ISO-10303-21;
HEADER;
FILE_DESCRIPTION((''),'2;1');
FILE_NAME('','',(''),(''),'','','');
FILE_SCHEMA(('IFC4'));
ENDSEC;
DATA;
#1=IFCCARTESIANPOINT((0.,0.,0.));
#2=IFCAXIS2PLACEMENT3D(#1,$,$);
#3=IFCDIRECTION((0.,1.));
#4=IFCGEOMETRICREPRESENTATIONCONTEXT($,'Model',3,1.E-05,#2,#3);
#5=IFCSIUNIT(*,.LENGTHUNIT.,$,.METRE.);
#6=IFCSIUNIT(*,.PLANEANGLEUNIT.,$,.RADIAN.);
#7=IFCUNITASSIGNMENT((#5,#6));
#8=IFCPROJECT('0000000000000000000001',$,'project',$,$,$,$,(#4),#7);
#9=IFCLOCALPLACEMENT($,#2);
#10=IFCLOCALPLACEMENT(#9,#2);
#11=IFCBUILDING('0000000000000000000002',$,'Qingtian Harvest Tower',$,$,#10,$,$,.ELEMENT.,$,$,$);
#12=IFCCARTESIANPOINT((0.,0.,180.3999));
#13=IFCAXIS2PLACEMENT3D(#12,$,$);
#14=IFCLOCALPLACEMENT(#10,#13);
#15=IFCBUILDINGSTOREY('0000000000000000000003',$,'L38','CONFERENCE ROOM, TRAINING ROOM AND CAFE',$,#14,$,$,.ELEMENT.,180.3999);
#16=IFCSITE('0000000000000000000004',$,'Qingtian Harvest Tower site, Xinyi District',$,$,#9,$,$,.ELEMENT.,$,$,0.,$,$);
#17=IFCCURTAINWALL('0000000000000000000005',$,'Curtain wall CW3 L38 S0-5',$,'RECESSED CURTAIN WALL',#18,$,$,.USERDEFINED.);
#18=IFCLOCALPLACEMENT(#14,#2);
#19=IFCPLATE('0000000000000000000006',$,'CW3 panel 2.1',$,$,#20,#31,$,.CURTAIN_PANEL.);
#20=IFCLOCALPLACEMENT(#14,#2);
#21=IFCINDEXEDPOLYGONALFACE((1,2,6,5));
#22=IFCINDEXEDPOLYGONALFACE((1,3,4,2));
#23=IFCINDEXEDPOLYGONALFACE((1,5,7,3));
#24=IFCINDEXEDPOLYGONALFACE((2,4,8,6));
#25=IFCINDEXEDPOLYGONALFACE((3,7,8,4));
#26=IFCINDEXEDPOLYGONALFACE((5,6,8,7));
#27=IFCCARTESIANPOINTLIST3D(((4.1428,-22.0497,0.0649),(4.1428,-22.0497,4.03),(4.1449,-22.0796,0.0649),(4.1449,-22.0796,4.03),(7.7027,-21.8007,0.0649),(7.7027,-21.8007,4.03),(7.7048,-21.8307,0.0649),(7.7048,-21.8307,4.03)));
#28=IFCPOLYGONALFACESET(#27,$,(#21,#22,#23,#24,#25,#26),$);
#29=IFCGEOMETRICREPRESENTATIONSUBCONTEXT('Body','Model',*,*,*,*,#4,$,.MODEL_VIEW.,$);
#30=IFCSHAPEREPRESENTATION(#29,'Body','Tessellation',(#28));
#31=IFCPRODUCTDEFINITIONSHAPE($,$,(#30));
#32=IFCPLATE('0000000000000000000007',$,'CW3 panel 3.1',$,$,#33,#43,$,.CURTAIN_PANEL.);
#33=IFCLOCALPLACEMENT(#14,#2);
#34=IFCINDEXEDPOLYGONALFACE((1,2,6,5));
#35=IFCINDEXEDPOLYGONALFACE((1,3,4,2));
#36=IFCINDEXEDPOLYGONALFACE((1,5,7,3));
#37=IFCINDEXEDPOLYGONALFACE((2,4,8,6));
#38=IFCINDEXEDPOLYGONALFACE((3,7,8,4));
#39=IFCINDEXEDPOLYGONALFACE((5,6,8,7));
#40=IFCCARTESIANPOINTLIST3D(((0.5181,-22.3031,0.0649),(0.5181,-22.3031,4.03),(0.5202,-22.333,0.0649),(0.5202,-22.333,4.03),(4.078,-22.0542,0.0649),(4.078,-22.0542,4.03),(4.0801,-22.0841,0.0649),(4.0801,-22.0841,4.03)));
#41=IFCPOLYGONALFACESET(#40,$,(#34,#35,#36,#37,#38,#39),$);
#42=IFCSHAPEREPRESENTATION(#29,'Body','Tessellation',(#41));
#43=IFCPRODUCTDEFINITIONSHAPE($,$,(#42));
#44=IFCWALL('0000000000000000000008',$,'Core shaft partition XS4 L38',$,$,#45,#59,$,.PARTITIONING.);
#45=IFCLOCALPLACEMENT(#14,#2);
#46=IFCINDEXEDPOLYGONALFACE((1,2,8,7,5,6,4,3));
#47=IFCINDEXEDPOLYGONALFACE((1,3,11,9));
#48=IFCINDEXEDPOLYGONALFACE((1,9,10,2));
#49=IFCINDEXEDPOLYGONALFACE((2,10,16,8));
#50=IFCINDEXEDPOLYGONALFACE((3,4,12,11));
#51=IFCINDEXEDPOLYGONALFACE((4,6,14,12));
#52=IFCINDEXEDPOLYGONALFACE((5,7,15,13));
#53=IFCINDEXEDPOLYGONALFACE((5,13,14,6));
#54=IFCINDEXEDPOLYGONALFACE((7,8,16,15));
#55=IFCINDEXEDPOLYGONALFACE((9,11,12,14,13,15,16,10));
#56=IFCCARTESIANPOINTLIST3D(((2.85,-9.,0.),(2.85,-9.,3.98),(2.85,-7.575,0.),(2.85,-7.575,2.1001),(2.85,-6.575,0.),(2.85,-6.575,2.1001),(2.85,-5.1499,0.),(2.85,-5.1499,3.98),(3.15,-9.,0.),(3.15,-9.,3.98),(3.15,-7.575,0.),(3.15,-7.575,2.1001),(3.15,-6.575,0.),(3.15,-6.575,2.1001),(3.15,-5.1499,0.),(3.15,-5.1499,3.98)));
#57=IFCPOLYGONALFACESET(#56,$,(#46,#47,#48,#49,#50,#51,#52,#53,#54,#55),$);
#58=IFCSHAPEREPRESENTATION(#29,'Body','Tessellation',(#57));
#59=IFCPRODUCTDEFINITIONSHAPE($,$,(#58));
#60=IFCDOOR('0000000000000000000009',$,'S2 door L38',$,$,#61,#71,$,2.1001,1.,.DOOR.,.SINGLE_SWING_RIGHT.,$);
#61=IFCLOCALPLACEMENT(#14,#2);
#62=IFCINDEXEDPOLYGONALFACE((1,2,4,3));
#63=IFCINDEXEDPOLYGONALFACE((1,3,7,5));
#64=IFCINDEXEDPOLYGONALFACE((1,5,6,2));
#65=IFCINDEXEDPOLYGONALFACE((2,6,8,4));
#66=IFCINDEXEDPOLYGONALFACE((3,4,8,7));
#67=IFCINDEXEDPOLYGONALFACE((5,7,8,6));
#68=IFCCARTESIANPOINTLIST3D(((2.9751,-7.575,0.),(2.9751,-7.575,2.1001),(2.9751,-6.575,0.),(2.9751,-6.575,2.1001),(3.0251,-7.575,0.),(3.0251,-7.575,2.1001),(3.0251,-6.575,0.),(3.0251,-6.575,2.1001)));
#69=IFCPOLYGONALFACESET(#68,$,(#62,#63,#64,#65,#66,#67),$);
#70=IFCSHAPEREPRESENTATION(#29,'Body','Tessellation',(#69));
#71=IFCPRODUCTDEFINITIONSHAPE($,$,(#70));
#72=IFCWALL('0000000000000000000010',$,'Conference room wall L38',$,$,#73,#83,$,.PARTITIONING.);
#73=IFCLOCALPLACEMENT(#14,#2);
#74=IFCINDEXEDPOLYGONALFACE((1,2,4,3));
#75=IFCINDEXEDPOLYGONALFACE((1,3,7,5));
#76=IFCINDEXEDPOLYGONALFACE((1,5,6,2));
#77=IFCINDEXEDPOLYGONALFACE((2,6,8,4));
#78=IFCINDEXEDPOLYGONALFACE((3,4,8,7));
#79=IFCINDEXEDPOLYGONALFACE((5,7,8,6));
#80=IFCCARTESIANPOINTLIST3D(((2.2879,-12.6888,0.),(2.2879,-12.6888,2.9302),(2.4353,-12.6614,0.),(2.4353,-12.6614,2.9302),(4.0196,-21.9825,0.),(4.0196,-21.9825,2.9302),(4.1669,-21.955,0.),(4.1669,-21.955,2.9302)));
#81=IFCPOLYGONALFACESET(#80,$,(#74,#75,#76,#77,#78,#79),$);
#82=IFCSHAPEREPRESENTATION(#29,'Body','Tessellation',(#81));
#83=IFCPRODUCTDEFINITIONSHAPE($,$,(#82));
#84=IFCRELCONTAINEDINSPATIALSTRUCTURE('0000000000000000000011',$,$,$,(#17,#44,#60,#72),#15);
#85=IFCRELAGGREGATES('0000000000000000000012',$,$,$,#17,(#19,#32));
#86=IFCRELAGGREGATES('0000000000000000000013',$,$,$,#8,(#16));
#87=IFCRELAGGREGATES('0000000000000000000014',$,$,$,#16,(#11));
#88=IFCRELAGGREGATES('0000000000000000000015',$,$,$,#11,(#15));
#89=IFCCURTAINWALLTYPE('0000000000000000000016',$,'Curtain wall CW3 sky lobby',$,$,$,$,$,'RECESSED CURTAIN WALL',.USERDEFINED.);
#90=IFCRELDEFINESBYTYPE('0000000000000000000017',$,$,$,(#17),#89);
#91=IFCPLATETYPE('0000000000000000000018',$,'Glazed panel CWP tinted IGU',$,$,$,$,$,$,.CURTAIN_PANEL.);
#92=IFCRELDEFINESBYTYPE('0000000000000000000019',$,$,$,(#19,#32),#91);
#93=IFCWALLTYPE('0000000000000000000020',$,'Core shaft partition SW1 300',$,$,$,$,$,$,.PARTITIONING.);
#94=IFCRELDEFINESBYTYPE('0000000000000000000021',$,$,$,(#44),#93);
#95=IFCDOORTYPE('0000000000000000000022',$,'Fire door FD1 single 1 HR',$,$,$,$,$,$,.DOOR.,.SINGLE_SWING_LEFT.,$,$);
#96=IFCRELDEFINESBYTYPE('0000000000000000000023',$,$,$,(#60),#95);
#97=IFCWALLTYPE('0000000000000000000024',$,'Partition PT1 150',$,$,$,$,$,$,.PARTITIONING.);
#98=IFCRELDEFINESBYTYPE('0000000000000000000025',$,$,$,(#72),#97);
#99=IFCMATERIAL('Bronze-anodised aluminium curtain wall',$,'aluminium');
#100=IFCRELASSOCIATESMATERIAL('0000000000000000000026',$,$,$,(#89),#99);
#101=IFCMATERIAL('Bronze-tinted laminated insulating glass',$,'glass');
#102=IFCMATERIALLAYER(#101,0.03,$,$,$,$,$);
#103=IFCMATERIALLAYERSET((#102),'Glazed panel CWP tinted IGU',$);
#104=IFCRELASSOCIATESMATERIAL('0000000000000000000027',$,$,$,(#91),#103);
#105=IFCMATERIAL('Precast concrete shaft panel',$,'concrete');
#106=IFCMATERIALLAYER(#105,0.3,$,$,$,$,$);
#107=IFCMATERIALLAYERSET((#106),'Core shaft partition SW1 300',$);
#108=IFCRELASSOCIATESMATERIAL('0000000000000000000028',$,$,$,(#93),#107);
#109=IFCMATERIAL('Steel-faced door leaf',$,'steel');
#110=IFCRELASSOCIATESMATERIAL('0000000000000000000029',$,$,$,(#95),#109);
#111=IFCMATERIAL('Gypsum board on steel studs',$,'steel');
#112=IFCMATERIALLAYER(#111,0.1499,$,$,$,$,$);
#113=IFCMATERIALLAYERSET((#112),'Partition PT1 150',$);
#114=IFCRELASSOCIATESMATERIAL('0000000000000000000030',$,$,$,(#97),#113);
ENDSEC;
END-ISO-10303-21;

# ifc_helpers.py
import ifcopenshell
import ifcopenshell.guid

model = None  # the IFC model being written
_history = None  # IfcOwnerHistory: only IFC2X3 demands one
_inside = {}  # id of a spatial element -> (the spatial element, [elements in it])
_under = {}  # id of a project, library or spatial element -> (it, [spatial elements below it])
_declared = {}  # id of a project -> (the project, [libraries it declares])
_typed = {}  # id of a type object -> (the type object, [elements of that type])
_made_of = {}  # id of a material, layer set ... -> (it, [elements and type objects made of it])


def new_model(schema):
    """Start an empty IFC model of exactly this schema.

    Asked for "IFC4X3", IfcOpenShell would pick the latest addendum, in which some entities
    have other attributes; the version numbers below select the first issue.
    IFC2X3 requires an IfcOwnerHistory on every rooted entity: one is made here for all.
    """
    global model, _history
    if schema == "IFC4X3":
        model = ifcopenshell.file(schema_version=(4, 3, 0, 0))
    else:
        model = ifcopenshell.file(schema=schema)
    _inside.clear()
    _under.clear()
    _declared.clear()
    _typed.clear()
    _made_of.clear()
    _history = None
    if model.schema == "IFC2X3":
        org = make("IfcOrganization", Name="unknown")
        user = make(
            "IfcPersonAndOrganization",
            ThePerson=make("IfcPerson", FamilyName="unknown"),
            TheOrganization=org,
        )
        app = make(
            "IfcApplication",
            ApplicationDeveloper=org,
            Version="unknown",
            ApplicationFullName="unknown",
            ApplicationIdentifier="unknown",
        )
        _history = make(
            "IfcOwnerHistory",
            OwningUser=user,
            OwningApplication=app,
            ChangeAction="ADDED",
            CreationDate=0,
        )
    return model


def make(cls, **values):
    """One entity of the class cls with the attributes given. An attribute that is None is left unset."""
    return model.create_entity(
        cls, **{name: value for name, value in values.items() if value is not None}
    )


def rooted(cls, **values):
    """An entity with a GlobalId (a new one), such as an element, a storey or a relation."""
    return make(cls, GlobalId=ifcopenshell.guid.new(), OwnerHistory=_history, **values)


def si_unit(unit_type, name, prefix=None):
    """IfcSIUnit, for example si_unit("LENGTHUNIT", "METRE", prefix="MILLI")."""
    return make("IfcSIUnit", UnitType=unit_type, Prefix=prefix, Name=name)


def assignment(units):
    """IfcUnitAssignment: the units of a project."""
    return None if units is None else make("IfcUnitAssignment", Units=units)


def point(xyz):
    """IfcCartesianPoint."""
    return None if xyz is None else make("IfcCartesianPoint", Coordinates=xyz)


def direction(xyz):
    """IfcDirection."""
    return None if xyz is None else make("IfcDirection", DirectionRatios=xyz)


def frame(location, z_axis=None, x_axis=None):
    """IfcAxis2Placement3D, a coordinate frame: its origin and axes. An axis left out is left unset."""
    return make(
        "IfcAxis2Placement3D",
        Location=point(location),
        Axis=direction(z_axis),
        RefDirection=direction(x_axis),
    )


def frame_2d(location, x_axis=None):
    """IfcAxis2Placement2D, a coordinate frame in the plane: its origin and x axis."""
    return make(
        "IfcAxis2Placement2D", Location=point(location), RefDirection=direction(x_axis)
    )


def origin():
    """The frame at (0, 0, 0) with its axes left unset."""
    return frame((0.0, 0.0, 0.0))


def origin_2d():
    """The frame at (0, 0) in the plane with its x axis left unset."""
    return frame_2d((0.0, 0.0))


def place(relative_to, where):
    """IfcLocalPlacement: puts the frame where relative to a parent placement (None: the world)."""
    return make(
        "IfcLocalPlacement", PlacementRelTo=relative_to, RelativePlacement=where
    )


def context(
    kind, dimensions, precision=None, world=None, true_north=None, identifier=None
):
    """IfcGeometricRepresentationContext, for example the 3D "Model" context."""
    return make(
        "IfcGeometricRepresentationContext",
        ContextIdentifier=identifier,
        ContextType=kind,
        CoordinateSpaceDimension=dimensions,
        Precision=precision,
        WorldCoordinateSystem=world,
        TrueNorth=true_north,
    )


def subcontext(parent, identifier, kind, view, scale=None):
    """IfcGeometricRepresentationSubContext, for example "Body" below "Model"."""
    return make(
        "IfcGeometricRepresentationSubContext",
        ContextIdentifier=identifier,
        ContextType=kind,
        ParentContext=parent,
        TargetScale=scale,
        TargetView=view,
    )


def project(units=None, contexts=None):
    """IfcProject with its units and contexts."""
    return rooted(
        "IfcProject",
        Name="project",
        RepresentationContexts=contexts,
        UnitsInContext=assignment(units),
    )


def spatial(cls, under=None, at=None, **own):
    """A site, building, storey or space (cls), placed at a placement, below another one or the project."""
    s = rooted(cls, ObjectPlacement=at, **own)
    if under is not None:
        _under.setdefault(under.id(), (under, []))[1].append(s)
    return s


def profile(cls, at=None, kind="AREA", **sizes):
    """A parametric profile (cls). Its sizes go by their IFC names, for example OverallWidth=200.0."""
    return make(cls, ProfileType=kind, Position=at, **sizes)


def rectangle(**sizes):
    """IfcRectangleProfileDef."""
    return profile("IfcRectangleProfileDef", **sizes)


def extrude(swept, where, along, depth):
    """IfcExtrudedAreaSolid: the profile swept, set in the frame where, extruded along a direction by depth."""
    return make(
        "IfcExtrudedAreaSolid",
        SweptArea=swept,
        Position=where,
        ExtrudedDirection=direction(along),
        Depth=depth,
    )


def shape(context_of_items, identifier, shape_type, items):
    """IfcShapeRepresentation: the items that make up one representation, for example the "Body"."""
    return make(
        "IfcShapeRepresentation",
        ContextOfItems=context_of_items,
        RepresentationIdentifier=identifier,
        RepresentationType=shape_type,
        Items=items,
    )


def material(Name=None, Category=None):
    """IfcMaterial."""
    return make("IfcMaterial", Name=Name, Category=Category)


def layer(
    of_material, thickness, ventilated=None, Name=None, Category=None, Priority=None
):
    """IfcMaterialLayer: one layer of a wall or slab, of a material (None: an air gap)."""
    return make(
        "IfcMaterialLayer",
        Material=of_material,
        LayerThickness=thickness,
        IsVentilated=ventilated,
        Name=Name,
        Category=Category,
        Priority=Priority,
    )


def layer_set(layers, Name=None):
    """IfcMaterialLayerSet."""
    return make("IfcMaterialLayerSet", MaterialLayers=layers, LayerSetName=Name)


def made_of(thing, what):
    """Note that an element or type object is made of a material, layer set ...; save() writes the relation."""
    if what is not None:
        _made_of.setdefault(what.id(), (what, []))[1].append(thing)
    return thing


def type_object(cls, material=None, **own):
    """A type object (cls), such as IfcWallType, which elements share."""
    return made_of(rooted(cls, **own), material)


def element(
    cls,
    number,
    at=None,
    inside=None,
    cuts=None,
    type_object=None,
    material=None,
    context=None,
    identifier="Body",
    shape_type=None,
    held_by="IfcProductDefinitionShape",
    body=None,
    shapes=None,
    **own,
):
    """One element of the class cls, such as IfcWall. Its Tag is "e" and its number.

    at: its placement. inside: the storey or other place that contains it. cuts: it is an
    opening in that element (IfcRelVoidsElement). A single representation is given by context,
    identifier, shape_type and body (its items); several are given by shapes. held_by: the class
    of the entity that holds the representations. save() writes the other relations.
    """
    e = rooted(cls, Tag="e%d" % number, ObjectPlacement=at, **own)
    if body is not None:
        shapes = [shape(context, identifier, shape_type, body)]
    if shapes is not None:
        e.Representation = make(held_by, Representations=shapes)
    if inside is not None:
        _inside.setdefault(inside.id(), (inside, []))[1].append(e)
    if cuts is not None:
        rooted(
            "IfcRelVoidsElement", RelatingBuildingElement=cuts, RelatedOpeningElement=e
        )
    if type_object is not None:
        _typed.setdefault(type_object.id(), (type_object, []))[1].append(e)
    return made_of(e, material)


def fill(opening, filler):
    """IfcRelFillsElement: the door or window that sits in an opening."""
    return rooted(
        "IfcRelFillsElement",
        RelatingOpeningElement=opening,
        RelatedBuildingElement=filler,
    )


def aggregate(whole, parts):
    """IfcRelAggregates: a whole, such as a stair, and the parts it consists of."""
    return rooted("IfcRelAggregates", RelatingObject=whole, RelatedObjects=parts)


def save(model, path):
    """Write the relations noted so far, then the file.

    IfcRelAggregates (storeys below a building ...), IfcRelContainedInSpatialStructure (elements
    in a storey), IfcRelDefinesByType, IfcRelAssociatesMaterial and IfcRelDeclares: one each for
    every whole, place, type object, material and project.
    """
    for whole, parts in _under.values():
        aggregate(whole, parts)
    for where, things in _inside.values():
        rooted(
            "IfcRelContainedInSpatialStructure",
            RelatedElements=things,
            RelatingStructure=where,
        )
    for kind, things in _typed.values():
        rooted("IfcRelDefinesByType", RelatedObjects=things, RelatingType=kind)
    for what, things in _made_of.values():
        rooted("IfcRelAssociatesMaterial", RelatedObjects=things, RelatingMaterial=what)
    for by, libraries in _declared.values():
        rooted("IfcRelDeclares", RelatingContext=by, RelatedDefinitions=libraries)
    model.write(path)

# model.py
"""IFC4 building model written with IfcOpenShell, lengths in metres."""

from ifc_helpers import new_model, si_unit, direction, frame, frame_2d, origin, origin_2d, place, context, subcontext, project, spatial, rectangle, extrude, material, layer, layer_set, type_object, element, fill, aggregate, save


model = new_model("IFC4")

# Units and contexts
model_context = context("Model", 3, precision=1e-05, world=origin(), true_north=direction((0.0, 1.0)))
body_context = subcontext(model_context, "Body", "Model", "MODEL_VIEW")
ifc_project = project(units=[si_unit("LENGTHUNIT", "METRE"), si_unit("PLANEANGLEUNIT", "RADIAN")], contexts=[model_context])

# Site, building, storey
site_placement = place(None, origin())
site = spatial("IfcSite", under=ifc_project, at=site_placement, Name="Qingtian Harvest Tower site, Xinyi District", CompositionType="ELEMENT", RefElevation=0.0)
building_placement = place(site_placement, origin())
building = spatial("IfcBuilding", under=site, at=building_placement, Name="Qingtian Harvest Tower", CompositionType="ELEMENT")
storey_placement = place(building_placement, frame((0.0, 0.0, 180.3999)))
storey = spatial("IfcBuildingStorey", under=building, at=storey_placement, Name="L38", Description="CONFERENCE ROOM, TRAINING ROOM AND CAFE", CompositionType="ELEMENT", Elevation=180.3999)

# Shared definitions
ifc_material_1 = material(Name="Bronze-anodised aluminium curtain wall", Category="aluminium")
curtain_wall_type = type_object("IfcCurtainWallType", Name="Curtain wall CW3 sky lobby", ElementType="RECESSED CURTAIN WALL", PredefinedType="USERDEFINED", material=ifc_material_1)

# Curtain wall
curtain_wall_1_placement = place(storey_placement, origin())
curtain_wall_1 = element("IfcCurtainWall", 1, at=curtain_wall_1_placement, inside=storey, type_object=curtain_wall_type, Name="Curtain wall CW3 L38 S0-5", ObjectType="RECESSED CURTAIN WALL", PredefinedType="USERDEFINED")

# Plates
ifc_material_2 = material(Name="Bronze-tinted laminated insulating glass", Category="glass")
ifc_layer_1 = layer(ifc_material_2, 0.03)
ifc_layer_set_1 = layer_set([ifc_layer_1], Name="Glazed panel CWP tinted IGU")
plate_type = type_object("IfcPlateType", Name="Glazed panel CWP tinted IGU", PredefinedType="CURTAIN_PANEL", material=ifc_layer_set_1)
plate_1_placement = place(storey_placement, frame((5.9238, -21.9402, 0.0649), z_axis=(0.0, 0.0, 1.0), x_axis=(-0.997564, -0.069756, 0.0)))
plate_1 = element("IfcPlate", 2, at=plate_1_placement, type_object=plate_type, Name="CW3 panel 2.1", PredefinedType="CURTAIN_PANEL", context=body_context, shape_type="SweptSolid", body=[
    extrude(rectangle(XDim=3.5686, YDim=0.03, at=origin_2d()), origin(), (0.0, 0.0, 1.0), 3.9651),
])
plate_2_placement = place(storey_placement, frame((2.2991, -22.1936, 0.0649), z_axis=(0.0, 0.0, 1.0), x_axis=(-0.997564, -0.069756, 0.0)))
plate_2 = element("IfcPlate", 3, at=plate_2_placement, type_object=plate_type, Name="CW3 panel 3.1", PredefinedType="CURTAIN_PANEL", context=body_context, shape_type="SweptSolid", body=[
    extrude(rectangle(XDim=3.5686, YDim=0.03, at=origin_2d()), origin(), (0.0, 0.0, 1.0), 3.9651),
])
aggregate(curtain_wall_1, [plate_1, plate_2])

# Wall, opening, door
ifc_material_3 = material(Name="Precast concrete shaft panel", Category="concrete")
ifc_layer_2 = layer(ifc_material_3, 0.3)
ifc_layer_set_2 = layer_set([ifc_layer_2], Name="Core shaft partition SW1 300")
wall_type_1 = type_object("IfcWallType", Name="Core shaft partition SW1 300", PredefinedType="PARTITIONING", material=ifc_layer_set_2)
wall_1_placement = place(storey_placement, frame((3.0, -9.0, 0.0), z_axis=(0.0, 0.0, 1.0), x_axis=(0.0, 1.0, 0.0)))
wall_1 = element("IfcWall", 4, at=wall_1_placement, inside=storey, type_object=wall_type_1, Name="Core shaft partition XS4 L38", PredefinedType="PARTITIONING", context=body_context, shape_type="SweptSolid", body=[
    extrude(rectangle(XDim=3.8501, YDim=0.3, at=frame_2d((1.925, 0.0))), origin(), (0.0, 0.0, 1.0), 3.98),
])
opening_1_placement = place(wall_1_placement, frame((1.425, 0.0, 0.0)))
opening_1 = element("IfcOpeningElement", 5, at=opening_1_placement, cuts=wall_1, PredefinedType="OPENING", context=body_context, shape_type="SweptSolid", body=[
    extrude(rectangle(XDim=1.0, YDim=2.1001, at=frame_2d((0.5, 1.05))), frame((0.0, 0.1599, 0.0), z_axis=(0.0, -1.0, 0.0), x_axis=(1.0, 0.0, 0.0)), (0.0, 0.0, 1.0), 0.3201),
])
ifc_material_4 = material(Name="Steel-faced door leaf", Category="steel")
door_type_1 = type_object("IfcDoorType", Name="Fire door FD1 single 1 HR", OperationType="SINGLE_SWING_LEFT", PredefinedType="DOOR", material=ifc_material_4)
door_1_placement = place(opening_1_placement, origin())
door_1 = element("IfcDoor", 6, at=door_1_placement, inside=storey, type_object=door_type_1, Name="S2 door L38", OperationType="SINGLE_SWING_RIGHT", OverallHeight=2.1001, OverallWidth=1.0, PredefinedType="DOOR", context=body_context, shape_type="SweptSolid", body=[
    extrude(rectangle(XDim=1.0, YDim=2.1001, at=frame_2d((0.5, 1.05))), frame((0.0, 0.0249, 0.0), z_axis=(0.0, -1.0, 0.0), x_axis=(1.0, 0.0, 0.0)), (0.0, 0.0, 1.0), 0.05),
])
fill(opening_1, door_1)

# Wall
ifc_material_5 = material(Name="Gypsum board on steel studs", Category="steel")
ifc_layer_3 = layer(ifc_material_5, 0.1499)
ifc_layer_set_3 = layer_set([ifc_layer_3], Name="Partition PT1 150")
wall_type_2 = type_object("IfcWallType", Name="Partition PT1 150", PredefinedType="PARTITIONING", material=ifc_layer_set_3)
wall_2_placement = place(storey_placement, frame((4.0933, -21.9688, 0.0), z_axis=(0.0, 0.0, 1.0), x_axis=(-0.183177, 0.98308, 0.0)))
element("IfcWall", 7, at=wall_2_placement, inside=storey, type_object=wall_type_2, Name="Conference room wall L38", PredefinedType="PARTITIONING", context=body_context, shape_type="SweptSolid", body=[
    extrude(rectangle(XDim=9.4536, YDim=0.1499, at=frame_2d((4.7268, 0.0))), origin(), (0.0, 0.0, 1.0), 2.9302),
])

save(model, "model.ifc")
